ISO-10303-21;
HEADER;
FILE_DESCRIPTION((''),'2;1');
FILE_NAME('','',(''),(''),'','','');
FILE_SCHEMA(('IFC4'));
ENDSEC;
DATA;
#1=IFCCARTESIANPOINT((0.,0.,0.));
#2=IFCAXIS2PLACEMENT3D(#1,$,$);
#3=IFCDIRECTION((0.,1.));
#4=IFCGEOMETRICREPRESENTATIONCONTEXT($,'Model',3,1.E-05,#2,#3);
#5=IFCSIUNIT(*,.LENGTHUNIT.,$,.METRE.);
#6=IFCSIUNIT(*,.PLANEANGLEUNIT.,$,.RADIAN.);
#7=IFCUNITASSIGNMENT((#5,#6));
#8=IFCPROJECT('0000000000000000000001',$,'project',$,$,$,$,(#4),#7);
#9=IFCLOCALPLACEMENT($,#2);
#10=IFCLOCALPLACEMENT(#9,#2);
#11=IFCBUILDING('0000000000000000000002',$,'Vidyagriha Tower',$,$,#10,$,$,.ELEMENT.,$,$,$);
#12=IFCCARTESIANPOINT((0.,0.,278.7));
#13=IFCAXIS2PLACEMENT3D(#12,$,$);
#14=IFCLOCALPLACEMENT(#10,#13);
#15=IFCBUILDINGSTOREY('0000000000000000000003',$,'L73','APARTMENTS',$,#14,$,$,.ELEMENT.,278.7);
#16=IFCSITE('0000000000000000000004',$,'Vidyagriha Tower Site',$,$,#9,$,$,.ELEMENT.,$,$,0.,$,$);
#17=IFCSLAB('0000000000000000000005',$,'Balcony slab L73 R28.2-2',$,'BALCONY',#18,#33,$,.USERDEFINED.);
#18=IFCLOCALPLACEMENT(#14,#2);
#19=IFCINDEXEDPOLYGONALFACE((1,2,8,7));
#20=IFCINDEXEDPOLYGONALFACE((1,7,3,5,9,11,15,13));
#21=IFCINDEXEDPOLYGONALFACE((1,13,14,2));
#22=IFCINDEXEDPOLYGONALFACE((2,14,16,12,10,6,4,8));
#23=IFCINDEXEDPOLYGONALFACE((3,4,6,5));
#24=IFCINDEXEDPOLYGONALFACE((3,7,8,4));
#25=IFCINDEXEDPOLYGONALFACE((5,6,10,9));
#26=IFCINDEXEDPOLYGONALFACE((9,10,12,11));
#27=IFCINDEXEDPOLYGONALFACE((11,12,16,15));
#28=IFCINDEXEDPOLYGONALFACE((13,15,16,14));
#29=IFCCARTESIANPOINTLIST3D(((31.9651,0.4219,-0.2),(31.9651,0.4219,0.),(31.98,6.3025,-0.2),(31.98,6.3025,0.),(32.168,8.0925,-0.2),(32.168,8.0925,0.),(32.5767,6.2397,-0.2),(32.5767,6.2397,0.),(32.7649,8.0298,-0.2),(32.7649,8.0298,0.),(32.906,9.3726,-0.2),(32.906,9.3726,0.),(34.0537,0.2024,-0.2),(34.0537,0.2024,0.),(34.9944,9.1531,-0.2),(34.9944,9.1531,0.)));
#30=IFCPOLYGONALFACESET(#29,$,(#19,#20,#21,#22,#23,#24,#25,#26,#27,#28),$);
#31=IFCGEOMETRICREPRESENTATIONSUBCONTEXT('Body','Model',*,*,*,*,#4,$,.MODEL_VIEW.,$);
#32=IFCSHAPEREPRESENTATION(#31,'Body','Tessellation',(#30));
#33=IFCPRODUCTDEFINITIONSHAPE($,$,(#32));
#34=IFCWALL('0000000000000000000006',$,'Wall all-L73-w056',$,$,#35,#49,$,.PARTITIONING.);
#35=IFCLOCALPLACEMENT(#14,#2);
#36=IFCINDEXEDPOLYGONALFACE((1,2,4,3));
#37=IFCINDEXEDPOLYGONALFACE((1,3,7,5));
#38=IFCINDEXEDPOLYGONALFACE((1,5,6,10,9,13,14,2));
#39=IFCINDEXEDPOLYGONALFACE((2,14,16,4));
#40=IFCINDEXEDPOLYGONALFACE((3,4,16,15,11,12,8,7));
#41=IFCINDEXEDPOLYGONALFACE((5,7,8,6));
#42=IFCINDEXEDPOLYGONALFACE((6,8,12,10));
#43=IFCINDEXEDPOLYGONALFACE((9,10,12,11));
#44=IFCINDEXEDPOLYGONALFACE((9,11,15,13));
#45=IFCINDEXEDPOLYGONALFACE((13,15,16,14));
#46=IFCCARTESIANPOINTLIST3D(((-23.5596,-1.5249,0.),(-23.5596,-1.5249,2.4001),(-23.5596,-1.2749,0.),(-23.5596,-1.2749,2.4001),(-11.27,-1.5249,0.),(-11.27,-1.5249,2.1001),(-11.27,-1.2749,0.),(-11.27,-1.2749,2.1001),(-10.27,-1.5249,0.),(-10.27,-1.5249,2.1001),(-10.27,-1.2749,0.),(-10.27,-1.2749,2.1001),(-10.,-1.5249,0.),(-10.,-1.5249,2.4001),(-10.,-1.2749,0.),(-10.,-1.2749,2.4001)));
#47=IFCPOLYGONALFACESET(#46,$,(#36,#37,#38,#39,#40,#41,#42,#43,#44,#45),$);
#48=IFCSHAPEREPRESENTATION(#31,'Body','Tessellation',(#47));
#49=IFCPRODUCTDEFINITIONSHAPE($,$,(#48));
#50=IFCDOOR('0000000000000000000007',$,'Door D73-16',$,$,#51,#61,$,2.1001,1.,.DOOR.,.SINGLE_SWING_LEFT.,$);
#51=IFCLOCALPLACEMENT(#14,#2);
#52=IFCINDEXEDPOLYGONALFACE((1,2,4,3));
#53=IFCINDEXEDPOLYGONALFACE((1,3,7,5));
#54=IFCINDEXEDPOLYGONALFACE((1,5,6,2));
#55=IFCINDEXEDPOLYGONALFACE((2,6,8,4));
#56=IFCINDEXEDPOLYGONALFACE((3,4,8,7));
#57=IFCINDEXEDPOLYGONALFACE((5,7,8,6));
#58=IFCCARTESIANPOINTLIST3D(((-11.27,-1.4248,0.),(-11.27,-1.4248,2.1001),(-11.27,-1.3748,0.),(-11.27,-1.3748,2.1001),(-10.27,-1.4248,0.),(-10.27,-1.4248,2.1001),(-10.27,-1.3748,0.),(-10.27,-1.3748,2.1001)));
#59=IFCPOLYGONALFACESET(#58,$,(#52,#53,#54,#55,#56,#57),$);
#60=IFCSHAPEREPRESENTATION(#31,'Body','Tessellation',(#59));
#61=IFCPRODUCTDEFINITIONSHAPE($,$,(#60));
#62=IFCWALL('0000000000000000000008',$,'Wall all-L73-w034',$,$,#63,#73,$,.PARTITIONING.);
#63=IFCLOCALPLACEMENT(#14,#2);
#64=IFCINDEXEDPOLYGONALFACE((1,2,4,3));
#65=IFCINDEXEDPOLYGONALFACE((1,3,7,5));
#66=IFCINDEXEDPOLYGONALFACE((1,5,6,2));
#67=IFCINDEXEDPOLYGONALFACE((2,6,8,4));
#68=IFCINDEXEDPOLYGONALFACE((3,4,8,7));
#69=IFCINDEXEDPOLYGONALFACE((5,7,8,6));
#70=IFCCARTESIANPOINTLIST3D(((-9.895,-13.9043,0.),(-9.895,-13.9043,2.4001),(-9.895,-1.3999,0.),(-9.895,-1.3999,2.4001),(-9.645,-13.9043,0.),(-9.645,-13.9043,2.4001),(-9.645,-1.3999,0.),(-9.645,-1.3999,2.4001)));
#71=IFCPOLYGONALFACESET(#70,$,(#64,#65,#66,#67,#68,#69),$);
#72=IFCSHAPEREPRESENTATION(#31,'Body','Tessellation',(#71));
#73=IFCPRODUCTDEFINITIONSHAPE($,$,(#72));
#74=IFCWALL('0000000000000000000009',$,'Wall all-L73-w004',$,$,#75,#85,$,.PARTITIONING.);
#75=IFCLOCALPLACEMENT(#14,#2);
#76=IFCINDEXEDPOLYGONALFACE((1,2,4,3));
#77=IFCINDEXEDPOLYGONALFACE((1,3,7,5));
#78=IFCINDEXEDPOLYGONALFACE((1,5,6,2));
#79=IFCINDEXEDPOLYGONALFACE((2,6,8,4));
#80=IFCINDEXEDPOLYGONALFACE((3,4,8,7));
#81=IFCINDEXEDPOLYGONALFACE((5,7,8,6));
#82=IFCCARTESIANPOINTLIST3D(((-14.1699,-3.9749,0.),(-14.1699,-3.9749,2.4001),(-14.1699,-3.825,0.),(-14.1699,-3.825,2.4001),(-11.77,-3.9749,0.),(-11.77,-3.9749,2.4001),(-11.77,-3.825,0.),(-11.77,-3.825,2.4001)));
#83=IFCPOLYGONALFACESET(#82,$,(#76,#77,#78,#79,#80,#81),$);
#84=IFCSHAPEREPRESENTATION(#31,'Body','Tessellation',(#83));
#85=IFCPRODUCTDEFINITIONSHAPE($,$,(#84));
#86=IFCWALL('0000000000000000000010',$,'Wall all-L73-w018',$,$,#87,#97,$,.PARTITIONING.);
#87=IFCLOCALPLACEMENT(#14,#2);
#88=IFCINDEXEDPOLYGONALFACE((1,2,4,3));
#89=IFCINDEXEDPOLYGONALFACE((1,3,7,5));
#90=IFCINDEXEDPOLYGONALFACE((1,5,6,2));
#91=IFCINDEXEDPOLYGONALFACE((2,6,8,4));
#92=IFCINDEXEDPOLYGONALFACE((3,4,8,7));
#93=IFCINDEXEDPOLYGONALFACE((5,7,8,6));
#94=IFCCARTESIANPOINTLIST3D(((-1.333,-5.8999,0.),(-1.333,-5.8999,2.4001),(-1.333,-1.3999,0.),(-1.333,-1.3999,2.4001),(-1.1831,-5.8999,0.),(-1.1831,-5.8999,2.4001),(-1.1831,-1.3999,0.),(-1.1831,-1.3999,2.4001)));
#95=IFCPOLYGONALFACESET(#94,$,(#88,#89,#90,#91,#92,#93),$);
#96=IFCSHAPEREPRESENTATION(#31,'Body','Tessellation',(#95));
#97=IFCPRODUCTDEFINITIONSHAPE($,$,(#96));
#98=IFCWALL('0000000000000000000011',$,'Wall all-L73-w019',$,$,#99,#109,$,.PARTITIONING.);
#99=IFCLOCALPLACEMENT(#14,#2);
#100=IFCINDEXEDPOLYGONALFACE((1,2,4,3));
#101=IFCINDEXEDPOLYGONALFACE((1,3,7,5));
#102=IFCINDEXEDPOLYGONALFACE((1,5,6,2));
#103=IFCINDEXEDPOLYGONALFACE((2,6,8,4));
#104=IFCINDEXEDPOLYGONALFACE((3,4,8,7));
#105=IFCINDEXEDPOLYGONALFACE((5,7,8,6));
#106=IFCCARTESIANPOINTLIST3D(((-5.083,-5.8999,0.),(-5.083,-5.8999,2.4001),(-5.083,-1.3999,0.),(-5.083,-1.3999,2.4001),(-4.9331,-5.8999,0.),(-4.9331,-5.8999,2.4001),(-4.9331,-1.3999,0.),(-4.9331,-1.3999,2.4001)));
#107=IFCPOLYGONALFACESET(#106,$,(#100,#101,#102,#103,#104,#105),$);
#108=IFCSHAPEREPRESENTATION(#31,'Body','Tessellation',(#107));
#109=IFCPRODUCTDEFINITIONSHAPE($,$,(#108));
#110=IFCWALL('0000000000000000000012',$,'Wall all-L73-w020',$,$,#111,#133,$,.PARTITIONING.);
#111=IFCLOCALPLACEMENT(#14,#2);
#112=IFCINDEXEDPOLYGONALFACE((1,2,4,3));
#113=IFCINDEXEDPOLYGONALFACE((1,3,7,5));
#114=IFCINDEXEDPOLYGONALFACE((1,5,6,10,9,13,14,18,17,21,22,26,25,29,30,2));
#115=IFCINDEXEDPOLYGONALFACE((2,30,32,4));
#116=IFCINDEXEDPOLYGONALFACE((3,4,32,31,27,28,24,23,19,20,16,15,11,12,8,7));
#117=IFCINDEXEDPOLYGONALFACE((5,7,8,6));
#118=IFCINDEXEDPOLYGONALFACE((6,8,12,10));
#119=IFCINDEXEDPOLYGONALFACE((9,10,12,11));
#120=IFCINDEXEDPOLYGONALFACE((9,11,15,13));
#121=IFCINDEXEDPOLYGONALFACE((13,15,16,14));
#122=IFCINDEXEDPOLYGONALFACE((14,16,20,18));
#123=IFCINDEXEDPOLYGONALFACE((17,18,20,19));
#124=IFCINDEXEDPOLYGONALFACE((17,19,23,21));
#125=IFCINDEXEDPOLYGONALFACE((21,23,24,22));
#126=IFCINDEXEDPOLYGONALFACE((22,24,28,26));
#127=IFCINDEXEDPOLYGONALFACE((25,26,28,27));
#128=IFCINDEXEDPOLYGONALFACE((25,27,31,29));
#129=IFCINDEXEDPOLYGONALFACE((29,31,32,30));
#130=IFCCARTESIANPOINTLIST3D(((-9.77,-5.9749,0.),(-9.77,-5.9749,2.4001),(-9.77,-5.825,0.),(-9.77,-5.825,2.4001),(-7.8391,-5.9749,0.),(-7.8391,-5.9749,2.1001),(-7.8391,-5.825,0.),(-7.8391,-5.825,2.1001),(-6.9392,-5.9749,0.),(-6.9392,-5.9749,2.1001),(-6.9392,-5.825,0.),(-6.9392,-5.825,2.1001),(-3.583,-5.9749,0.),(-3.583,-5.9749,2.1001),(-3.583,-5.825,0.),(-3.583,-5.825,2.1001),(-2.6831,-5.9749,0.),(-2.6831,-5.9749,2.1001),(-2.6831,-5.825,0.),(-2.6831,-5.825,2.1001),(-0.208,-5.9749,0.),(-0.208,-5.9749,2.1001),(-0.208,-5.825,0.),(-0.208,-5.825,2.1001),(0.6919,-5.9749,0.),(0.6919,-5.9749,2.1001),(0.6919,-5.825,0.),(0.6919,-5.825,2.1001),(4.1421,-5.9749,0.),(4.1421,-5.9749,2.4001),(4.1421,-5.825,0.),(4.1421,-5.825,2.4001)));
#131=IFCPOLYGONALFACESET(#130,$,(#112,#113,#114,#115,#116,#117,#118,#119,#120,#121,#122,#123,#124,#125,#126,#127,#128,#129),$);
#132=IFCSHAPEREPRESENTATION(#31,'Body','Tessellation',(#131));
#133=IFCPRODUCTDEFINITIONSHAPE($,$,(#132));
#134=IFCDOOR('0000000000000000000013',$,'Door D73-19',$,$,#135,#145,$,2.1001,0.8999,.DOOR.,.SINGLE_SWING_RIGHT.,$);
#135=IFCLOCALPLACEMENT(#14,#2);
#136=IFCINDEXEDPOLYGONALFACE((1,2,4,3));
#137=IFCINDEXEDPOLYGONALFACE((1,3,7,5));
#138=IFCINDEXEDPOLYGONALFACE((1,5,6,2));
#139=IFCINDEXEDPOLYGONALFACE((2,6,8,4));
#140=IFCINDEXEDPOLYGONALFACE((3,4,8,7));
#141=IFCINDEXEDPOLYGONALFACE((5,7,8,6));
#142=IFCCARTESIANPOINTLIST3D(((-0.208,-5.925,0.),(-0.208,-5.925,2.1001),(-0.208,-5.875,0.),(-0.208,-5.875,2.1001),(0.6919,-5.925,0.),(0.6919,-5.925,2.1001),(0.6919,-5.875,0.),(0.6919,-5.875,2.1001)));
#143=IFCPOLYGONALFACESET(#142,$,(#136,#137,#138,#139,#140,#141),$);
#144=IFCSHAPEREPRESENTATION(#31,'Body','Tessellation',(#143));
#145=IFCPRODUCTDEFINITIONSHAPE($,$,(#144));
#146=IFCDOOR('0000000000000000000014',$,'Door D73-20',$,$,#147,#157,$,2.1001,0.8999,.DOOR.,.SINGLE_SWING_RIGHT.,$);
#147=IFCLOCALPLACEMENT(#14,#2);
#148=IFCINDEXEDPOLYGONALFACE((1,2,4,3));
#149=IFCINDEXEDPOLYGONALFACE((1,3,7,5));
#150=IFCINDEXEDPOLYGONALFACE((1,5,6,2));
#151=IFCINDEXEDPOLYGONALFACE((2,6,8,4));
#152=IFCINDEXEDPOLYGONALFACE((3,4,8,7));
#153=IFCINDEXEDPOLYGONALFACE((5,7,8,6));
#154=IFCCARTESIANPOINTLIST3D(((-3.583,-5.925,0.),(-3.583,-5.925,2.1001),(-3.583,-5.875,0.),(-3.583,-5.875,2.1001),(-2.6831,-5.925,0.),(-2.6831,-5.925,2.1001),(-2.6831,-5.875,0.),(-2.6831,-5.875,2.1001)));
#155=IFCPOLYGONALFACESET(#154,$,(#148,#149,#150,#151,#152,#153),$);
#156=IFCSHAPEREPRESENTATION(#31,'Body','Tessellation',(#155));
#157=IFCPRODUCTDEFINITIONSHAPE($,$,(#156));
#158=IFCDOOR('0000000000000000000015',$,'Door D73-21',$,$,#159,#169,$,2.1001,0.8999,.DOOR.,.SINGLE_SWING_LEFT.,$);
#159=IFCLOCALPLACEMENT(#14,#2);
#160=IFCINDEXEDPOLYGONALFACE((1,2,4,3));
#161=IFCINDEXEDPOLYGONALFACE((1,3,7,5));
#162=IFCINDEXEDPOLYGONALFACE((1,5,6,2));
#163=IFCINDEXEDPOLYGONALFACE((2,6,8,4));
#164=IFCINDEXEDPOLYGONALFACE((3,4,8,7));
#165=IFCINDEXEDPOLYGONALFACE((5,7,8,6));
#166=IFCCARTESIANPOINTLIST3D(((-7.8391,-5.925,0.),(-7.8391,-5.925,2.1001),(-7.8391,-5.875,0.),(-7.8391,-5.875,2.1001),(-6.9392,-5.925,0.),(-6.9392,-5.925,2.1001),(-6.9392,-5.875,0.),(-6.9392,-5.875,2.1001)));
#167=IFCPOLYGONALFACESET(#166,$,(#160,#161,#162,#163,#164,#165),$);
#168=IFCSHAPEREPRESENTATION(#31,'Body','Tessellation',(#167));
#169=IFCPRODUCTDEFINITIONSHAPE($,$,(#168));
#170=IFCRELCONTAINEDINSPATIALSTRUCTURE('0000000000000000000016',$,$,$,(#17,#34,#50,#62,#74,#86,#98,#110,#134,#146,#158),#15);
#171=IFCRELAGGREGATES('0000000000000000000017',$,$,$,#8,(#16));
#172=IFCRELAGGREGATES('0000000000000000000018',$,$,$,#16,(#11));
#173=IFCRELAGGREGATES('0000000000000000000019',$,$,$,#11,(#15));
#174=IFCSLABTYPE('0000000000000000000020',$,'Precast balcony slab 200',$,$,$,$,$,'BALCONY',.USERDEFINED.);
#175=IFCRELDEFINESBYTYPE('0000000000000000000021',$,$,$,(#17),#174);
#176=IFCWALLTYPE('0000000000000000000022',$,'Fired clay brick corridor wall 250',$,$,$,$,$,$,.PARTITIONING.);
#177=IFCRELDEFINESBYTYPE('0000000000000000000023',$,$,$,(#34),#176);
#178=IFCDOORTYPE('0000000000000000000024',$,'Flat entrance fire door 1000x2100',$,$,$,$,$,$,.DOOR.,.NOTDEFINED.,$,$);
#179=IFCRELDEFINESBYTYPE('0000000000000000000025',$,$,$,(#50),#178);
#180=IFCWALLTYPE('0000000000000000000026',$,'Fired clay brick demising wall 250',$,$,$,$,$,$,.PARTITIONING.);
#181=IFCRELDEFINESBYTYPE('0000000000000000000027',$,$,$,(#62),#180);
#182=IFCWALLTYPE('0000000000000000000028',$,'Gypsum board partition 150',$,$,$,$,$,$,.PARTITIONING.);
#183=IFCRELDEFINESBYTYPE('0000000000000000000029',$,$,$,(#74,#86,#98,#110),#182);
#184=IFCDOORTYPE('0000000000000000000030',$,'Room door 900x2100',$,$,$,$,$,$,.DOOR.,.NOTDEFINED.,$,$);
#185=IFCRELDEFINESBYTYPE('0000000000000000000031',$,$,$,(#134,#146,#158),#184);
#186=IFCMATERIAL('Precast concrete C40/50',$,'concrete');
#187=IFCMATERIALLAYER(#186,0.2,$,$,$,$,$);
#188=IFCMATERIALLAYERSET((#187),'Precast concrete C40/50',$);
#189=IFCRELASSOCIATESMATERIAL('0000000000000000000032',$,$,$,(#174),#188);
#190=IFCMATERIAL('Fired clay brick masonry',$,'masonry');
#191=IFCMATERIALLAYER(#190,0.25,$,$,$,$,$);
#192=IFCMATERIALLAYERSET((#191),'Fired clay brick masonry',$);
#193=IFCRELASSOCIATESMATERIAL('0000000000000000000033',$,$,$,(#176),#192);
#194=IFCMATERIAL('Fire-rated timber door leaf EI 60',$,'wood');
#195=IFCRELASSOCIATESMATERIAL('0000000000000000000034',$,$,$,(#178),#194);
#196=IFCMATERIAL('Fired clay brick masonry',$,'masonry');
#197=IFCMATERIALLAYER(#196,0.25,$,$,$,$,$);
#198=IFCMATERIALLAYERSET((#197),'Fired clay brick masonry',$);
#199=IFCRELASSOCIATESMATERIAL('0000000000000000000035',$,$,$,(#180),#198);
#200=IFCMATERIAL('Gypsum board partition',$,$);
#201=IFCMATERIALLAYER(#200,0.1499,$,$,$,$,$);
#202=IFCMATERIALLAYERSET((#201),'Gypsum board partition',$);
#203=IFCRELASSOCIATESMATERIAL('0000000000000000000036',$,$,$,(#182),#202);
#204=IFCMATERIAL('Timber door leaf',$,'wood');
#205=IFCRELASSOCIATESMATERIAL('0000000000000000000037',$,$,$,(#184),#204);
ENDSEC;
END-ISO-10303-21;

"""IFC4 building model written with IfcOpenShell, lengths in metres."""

from ifc_helpers import new_model, si_unit, direction, frame, frame_2d, origin, place, context, subcontext, project, spatial, polyline, rectangle, outline, extrude, material, layer, layer_set, type_object, element, fill, save


model = new_model("IFC4")

# Units and contexts
model_context = context("Model", 3, precision=1e-05, world=origin(), true_north=direction((0.0, 1.0)))
body_context = subcontext(model_context, "Body", "Model", "MODEL_VIEW")
ifc_project = project(units=[si_unit("LENGTHUNIT", "METRE"), si_unit("PLANEANGLEUNIT", "RADIAN")], contexts=[model_context])

# Site, building, storey
site_placement = place(None, origin())
site = spatial("IfcSite", under=ifc_project, at=site_placement, Name="Vidyagriha Tower Site", CompositionType="ELEMENT", RefElevation=0.0)
building_placement = place(site_placement, origin())
building = spatial("IfcBuilding", under=site, at=building_placement, Name="Vidyagriha Tower", CompositionType="ELEMENT")
storey_placement = place(building_placement, frame((0.0, 0.0, 278.7)))
storey = spatial("IfcBuildingStorey", under=building, at=storey_placement, Name="L73", Description="APARTMENTS", CompositionType="ELEMENT", Elevation=278.7)

# Slab
ifc_material_1 = material(Name="Precast concrete C40/50", Category="concrete")
ifc_layer_1 = layer(ifc_material_1, 0.2)
ifc_layer_set_1 = layer_set([ifc_layer_1], Name="Precast concrete C40/50")
slab_type_1 = type_object("IfcSlabType", Name="Precast balcony slab 200", ElementType="BALCONY", PredefinedType="USERDEFINED", material=ifc_layer_set_1)
slab_1_placement = place(storey_placement, frame((0.0, 0.0, -0.2)))
element("IfcSlab", 1, at=slab_1_placement, inside=storey, type_object=slab_type_1, Name="Balcony slab L73 R28.2-2", ObjectType="BALCONY", PredefinedType="USERDEFINED", context=body_context, shape_type="SweptSolid", body=[
    extrude(outline(polyline([(32.5767, 6.2397), (31.9651, 0.4219), (34.0537, 0.2024), (34.9944, 9.1531), (32.906, 9.3726), (32.7649, 8.0298), (32.168, 8.0925), (31.98, 6.3025), (32.5767, 6.2397)])), origin(), (0.0, 0.0, 1.0), 0.2),
])

# Wall, opening, door
ifc_material_2 = material(Name="Fired clay brick masonry", Category="masonry")
ifc_layer_2 = layer(ifc_material_2, 0.25)
ifc_layer_set_2 = layer_set([ifc_layer_2], Name="Fired clay brick masonry")
wall_type_1 = type_object("IfcWallType", Name="Fired clay brick corridor wall 250", PredefinedType="PARTITIONING", material=ifc_layer_set_2)
wall_1_placement = place(storey_placement, frame((-10.0, -1.3999, 0.0), z_axis=(0.0, 0.0, 1.0), x_axis=(-1.0, 0.0, 0.0)))
wall_1 = element("IfcWall", 2, at=wall_1_placement, inside=storey, type_object=wall_type_1, Name="Wall all-L73-w056", PredefinedType="PARTITIONING", context=body_context, shape_type="SweptSolid", body=[
    extrude(rectangle(XDim=13.5596, YDim=0.25, at=frame_2d((6.7798, 0.0))), origin(), (0.0, 0.0, 1.0), 2.4001),
])
opening_1_placement = place(wall_1_placement, frame((0.27, 0.0, 0.0)))
opening_1 = element("IfcOpeningElement", 3, at=opening_1_placement, cuts=wall_1, PredefinedType="OPENING", context=body_context, shape_type="SweptSolid", body=[
    extrude(rectangle(XDim=1.0, YDim=2.1001, at=frame_2d((0.5, 1.05))), frame((0.0, 0.135, 0.0), z_axis=(0.0, -1.0, 0.0), x_axis=(1.0, 0.0, 0.0)), (0.0, 0.0, 1.0), 0.27),
])
ifc_material_3 = material(Name="Fire-rated timber door leaf EI 60", Category="wood")
door_type_1 = type_object("IfcDoorType", Name="Flat entrance fire door 1000x2100", OperationType="NOTDEFINED", PredefinedType="DOOR", material=ifc_material_3)
door_1_placement = place(opening_1_placement, origin())
door_1 = element("IfcDoor", 4, at=door_1_placement, inside=storey, type_object=door_type_1, Name="Door D73-16", OperationType="SINGLE_SWING_LEFT", OverallHeight=2.1001, OverallWidth=1.0, PredefinedType="DOOR", context=body_context, shape_type="SweptSolid", body=[
    extrude(rectangle(XDim=1.0, YDim=2.1001, at=frame_2d((0.5, 1.05))), frame((0.0, 0.0249, 0.0), z_axis=(0.0, -1.0, 0.0), x_axis=(1.0, 0.0, 0.0)), (0.0, 0.0, 1.0), 0.05),
])
fill(opening_1, door_1)

# Walls
ifc_material_4 = material(Name="Fired clay brick masonry", Category="masonry")
ifc_layer_3 = layer(ifc_material_4, 0.25)
ifc_layer_set_3 = layer_set([ifc_layer_3], Name="Fired clay brick masonry")
wall_type_2 = type_object("IfcWallType", Name="Fired clay brick demising wall 250", PredefinedType="PARTITIONING", material=ifc_layer_set_3)
wall_2_placement = place(storey_placement, frame((-9.77, -1.3999, 0.0), z_axis=(0.0, 0.0, 1.0), x_axis=(0.0, -1.0, 0.0)))
element("IfcWall", 5, at=wall_2_placement, inside=storey, type_object=wall_type_2, Name="Wall all-L73-w034", PredefinedType="PARTITIONING", context=body_context, shape_type="SweptSolid", body=[
    extrude(rectangle(XDim=12.5044, YDim=0.25, at=frame_2d((6.2522, 0.0))), origin(), (0.0, 0.0, 1.0), 2.4001),
])
ifc_material_5 = material(Name="Gypsum board partition")
ifc_layer_4 = layer(ifc_material_5, 0.1499)
ifc_layer_set_4 = layer_set([ifc_layer_4], Name="Gypsum board partition")
wall_type_3 = type_object("IfcWallType", Name="Gypsum board partition 150", PredefinedType="PARTITIONING", material=ifc_layer_set_4)
wall_3_placement = place(storey_placement, frame((-11.77, -3.8999, 0.0), z_axis=(0.0, 0.0, 1.0), x_axis=(-1.0, 0.0, 0.0)))
element("IfcWall", 6, at=wall_3_placement, inside=storey, type_object=wall_type_3, Name="Wall all-L73-w004", PredefinedType="PARTITIONING", context=body_context, shape_type="SweptSolid", body=[
    extrude(rectangle(XDim=2.3999, YDim=0.1499, at=frame_2d((1.2, 0.0))), origin(), (0.0, 0.0, 1.0), 2.4001),
])
for number, where, z_axis, x_axis, name in (
    (7, (-1.2581, -5.8999, 0.0), (0.0, 0.0, 1.0), (0.0, 1.0, 0.0), "Wall all-L73-w018"),
    (8, (-5.0081, -5.8999, 0.0), (0.0, 0.0, 1.0), (0.0, 1.0, 0.0), "Wall all-L73-w019"),
):
    element("IfcWall", number, at=place(storey_placement, frame(where, z_axis=z_axis, x_axis=x_axis)), inside=storey, type_object=wall_type_3, Name=name, PredefinedType="PARTITIONING", context=body_context, shape_type="SweptSolid", body=[
        extrude(rectangle(XDim=4.5, YDim=0.1499, at=frame_2d((2.25, 0.0))), origin(), (0.0, 0.0, 1.0), 2.4001),
    ])

# Wall, openings, doors
wall_4_placement = place(storey_placement, frame((-9.77, -5.8999, 0.0)))
wall_4 = element("IfcWall", 9, at=wall_4_placement, inside=storey, type_object=wall_type_3, Name="Wall all-L73-w020", PredefinedType="PARTITIONING", context=body_context, shape_type="SweptSolid", body=[
    extrude(rectangle(XDim=13.9121, YDim=0.1499, at=frame_2d((6.9561, 0.0))), origin(), (0.0, 0.0, 1.0), 2.4001),
])
opening_2_placement = place(wall_4_placement, frame((9.562, 0.0, 0.0)))
opening_2 = element("IfcOpeningElement", 10, at=opening_2_placement, cuts=wall_4, PredefinedType="OPENING", context=body_context, shape_type="SweptSolid", body=[
    extrude(rectangle(XDim=0.8999, YDim=2.1001, at=frame_2d((0.45, 1.05))), frame((0.0, 0.085, 0.0), z_axis=(0.0, -1.0, 0.0), x_axis=(1.0, 0.0, 0.0)), (0.0, 0.0, 1.0), 0.1699),
])
opening_3_placement = place(wall_4_placement, frame((6.187, 0.0, 0.0)))
opening_3 = element("IfcOpeningElement", 11, at=opening_3_placement, cuts=wall_4, PredefinedType="OPENING", context=body_context, shape_type="SweptSolid", body=[
    extrude(rectangle(XDim=0.8999, YDim=2.1001, at=frame_2d((0.45, 1.05))), frame((0.0, 0.085, 0.0), z_axis=(0.0, -1.0, 0.0), x_axis=(1.0, 0.0, 0.0)), (0.0, 0.0, 1.0), 0.1699),
])
opening_4_placement = place(wall_4_placement, frame((1.9309, 0.0, 0.0)))
opening_4 = element("IfcOpeningElement", 12, at=opening_4_placement, cuts=wall_4, PredefinedType="OPENING", context=body_context, shape_type="SweptSolid", body=[
    extrude(rectangle(XDim=0.8999, YDim=2.1001, at=frame_2d((0.45, 1.05))), frame((0.0, 0.085, 0.0), z_axis=(0.0, -1.0, 0.0), x_axis=(1.0, 0.0, 0.0)), (0.0, 0.0, 1.0), 0.1699),
])
ifc_material_6 = material(Name="Timber door leaf", Category="wood")
door_type_2 = type_object("IfcDoorType", Name="Room door 900x2100", OperationType="NOTDEFINED", PredefinedType="DOOR", material=ifc_material_6)
door_2_placement = place(opening_2_placement, origin())
door_2 = element("IfcDoor", 13, at=door_2_placement, inside=storey, type_object=door_type_2, Name="Door D73-19", OperationType="SINGLE_SWING_RIGHT", OverallHeight=2.1001, OverallWidth=0.8999, PredefinedType="DOOR", context=body_context, shape_type="SweptSolid", body=[
    extrude(rectangle(XDim=0.8999, YDim=2.1001, at=frame_2d((0.45, 1.05))), frame((0.0, 0.0249, 0.0), z_axis=(0.0, -1.0, 0.0), x_axis=(1.0, 0.0, 0.0)), (0.0, 0.0, 1.0), 0.05),
])
fill(opening_2, door_2)
door_3_placement = place(opening_3_placement, origin())
door_3 = element("IfcDoor", 14, at=door_3_placement, inside=storey, type_object=door_type_2, Name="Door D73-20", OperationType="SINGLE_SWING_RIGHT", OverallHeight=2.1001, OverallWidth=0.8999, PredefinedType="DOOR", context=body_context, shape_type="SweptSolid", body=[
    extrude(rectangle(XDim=0.8999, YDim=2.1001, at=frame_2d((0.45, 1.05))), frame((0.0, 0.0249, 0.0), z_axis=(0.0, -1.0, 0.0), x_axis=(1.0, 0.0, 0.0)), (0.0, 0.0, 1.0), 0.05),
])
fill(opening_3, door_3)
door_4_placement = place(opening_4_placement, origin())
door_4 = element("IfcDoor", 15, at=door_4_placement, inside=storey, type_object=door_type_2, Name="Door D73-21", OperationType="SINGLE_SWING_LEFT", OverallHeight=2.1001, OverallWidth=0.8999, PredefinedType="DOOR", context=body_context, shape_type="SweptSolid", body=[
    extrude(rectangle(XDim=0.8999, YDim=2.1001, at=frame_2d((0.45, 1.05))), frame((0.0, 0.0249, 0.0), z_axis=(0.0, -1.0, 0.0), x_axis=(1.0, 0.0, 0.0)), (0.0, 0.0, 1.0), 0.05),
])
fill(opening_4, door_4)

save(model, "model.ifc")
